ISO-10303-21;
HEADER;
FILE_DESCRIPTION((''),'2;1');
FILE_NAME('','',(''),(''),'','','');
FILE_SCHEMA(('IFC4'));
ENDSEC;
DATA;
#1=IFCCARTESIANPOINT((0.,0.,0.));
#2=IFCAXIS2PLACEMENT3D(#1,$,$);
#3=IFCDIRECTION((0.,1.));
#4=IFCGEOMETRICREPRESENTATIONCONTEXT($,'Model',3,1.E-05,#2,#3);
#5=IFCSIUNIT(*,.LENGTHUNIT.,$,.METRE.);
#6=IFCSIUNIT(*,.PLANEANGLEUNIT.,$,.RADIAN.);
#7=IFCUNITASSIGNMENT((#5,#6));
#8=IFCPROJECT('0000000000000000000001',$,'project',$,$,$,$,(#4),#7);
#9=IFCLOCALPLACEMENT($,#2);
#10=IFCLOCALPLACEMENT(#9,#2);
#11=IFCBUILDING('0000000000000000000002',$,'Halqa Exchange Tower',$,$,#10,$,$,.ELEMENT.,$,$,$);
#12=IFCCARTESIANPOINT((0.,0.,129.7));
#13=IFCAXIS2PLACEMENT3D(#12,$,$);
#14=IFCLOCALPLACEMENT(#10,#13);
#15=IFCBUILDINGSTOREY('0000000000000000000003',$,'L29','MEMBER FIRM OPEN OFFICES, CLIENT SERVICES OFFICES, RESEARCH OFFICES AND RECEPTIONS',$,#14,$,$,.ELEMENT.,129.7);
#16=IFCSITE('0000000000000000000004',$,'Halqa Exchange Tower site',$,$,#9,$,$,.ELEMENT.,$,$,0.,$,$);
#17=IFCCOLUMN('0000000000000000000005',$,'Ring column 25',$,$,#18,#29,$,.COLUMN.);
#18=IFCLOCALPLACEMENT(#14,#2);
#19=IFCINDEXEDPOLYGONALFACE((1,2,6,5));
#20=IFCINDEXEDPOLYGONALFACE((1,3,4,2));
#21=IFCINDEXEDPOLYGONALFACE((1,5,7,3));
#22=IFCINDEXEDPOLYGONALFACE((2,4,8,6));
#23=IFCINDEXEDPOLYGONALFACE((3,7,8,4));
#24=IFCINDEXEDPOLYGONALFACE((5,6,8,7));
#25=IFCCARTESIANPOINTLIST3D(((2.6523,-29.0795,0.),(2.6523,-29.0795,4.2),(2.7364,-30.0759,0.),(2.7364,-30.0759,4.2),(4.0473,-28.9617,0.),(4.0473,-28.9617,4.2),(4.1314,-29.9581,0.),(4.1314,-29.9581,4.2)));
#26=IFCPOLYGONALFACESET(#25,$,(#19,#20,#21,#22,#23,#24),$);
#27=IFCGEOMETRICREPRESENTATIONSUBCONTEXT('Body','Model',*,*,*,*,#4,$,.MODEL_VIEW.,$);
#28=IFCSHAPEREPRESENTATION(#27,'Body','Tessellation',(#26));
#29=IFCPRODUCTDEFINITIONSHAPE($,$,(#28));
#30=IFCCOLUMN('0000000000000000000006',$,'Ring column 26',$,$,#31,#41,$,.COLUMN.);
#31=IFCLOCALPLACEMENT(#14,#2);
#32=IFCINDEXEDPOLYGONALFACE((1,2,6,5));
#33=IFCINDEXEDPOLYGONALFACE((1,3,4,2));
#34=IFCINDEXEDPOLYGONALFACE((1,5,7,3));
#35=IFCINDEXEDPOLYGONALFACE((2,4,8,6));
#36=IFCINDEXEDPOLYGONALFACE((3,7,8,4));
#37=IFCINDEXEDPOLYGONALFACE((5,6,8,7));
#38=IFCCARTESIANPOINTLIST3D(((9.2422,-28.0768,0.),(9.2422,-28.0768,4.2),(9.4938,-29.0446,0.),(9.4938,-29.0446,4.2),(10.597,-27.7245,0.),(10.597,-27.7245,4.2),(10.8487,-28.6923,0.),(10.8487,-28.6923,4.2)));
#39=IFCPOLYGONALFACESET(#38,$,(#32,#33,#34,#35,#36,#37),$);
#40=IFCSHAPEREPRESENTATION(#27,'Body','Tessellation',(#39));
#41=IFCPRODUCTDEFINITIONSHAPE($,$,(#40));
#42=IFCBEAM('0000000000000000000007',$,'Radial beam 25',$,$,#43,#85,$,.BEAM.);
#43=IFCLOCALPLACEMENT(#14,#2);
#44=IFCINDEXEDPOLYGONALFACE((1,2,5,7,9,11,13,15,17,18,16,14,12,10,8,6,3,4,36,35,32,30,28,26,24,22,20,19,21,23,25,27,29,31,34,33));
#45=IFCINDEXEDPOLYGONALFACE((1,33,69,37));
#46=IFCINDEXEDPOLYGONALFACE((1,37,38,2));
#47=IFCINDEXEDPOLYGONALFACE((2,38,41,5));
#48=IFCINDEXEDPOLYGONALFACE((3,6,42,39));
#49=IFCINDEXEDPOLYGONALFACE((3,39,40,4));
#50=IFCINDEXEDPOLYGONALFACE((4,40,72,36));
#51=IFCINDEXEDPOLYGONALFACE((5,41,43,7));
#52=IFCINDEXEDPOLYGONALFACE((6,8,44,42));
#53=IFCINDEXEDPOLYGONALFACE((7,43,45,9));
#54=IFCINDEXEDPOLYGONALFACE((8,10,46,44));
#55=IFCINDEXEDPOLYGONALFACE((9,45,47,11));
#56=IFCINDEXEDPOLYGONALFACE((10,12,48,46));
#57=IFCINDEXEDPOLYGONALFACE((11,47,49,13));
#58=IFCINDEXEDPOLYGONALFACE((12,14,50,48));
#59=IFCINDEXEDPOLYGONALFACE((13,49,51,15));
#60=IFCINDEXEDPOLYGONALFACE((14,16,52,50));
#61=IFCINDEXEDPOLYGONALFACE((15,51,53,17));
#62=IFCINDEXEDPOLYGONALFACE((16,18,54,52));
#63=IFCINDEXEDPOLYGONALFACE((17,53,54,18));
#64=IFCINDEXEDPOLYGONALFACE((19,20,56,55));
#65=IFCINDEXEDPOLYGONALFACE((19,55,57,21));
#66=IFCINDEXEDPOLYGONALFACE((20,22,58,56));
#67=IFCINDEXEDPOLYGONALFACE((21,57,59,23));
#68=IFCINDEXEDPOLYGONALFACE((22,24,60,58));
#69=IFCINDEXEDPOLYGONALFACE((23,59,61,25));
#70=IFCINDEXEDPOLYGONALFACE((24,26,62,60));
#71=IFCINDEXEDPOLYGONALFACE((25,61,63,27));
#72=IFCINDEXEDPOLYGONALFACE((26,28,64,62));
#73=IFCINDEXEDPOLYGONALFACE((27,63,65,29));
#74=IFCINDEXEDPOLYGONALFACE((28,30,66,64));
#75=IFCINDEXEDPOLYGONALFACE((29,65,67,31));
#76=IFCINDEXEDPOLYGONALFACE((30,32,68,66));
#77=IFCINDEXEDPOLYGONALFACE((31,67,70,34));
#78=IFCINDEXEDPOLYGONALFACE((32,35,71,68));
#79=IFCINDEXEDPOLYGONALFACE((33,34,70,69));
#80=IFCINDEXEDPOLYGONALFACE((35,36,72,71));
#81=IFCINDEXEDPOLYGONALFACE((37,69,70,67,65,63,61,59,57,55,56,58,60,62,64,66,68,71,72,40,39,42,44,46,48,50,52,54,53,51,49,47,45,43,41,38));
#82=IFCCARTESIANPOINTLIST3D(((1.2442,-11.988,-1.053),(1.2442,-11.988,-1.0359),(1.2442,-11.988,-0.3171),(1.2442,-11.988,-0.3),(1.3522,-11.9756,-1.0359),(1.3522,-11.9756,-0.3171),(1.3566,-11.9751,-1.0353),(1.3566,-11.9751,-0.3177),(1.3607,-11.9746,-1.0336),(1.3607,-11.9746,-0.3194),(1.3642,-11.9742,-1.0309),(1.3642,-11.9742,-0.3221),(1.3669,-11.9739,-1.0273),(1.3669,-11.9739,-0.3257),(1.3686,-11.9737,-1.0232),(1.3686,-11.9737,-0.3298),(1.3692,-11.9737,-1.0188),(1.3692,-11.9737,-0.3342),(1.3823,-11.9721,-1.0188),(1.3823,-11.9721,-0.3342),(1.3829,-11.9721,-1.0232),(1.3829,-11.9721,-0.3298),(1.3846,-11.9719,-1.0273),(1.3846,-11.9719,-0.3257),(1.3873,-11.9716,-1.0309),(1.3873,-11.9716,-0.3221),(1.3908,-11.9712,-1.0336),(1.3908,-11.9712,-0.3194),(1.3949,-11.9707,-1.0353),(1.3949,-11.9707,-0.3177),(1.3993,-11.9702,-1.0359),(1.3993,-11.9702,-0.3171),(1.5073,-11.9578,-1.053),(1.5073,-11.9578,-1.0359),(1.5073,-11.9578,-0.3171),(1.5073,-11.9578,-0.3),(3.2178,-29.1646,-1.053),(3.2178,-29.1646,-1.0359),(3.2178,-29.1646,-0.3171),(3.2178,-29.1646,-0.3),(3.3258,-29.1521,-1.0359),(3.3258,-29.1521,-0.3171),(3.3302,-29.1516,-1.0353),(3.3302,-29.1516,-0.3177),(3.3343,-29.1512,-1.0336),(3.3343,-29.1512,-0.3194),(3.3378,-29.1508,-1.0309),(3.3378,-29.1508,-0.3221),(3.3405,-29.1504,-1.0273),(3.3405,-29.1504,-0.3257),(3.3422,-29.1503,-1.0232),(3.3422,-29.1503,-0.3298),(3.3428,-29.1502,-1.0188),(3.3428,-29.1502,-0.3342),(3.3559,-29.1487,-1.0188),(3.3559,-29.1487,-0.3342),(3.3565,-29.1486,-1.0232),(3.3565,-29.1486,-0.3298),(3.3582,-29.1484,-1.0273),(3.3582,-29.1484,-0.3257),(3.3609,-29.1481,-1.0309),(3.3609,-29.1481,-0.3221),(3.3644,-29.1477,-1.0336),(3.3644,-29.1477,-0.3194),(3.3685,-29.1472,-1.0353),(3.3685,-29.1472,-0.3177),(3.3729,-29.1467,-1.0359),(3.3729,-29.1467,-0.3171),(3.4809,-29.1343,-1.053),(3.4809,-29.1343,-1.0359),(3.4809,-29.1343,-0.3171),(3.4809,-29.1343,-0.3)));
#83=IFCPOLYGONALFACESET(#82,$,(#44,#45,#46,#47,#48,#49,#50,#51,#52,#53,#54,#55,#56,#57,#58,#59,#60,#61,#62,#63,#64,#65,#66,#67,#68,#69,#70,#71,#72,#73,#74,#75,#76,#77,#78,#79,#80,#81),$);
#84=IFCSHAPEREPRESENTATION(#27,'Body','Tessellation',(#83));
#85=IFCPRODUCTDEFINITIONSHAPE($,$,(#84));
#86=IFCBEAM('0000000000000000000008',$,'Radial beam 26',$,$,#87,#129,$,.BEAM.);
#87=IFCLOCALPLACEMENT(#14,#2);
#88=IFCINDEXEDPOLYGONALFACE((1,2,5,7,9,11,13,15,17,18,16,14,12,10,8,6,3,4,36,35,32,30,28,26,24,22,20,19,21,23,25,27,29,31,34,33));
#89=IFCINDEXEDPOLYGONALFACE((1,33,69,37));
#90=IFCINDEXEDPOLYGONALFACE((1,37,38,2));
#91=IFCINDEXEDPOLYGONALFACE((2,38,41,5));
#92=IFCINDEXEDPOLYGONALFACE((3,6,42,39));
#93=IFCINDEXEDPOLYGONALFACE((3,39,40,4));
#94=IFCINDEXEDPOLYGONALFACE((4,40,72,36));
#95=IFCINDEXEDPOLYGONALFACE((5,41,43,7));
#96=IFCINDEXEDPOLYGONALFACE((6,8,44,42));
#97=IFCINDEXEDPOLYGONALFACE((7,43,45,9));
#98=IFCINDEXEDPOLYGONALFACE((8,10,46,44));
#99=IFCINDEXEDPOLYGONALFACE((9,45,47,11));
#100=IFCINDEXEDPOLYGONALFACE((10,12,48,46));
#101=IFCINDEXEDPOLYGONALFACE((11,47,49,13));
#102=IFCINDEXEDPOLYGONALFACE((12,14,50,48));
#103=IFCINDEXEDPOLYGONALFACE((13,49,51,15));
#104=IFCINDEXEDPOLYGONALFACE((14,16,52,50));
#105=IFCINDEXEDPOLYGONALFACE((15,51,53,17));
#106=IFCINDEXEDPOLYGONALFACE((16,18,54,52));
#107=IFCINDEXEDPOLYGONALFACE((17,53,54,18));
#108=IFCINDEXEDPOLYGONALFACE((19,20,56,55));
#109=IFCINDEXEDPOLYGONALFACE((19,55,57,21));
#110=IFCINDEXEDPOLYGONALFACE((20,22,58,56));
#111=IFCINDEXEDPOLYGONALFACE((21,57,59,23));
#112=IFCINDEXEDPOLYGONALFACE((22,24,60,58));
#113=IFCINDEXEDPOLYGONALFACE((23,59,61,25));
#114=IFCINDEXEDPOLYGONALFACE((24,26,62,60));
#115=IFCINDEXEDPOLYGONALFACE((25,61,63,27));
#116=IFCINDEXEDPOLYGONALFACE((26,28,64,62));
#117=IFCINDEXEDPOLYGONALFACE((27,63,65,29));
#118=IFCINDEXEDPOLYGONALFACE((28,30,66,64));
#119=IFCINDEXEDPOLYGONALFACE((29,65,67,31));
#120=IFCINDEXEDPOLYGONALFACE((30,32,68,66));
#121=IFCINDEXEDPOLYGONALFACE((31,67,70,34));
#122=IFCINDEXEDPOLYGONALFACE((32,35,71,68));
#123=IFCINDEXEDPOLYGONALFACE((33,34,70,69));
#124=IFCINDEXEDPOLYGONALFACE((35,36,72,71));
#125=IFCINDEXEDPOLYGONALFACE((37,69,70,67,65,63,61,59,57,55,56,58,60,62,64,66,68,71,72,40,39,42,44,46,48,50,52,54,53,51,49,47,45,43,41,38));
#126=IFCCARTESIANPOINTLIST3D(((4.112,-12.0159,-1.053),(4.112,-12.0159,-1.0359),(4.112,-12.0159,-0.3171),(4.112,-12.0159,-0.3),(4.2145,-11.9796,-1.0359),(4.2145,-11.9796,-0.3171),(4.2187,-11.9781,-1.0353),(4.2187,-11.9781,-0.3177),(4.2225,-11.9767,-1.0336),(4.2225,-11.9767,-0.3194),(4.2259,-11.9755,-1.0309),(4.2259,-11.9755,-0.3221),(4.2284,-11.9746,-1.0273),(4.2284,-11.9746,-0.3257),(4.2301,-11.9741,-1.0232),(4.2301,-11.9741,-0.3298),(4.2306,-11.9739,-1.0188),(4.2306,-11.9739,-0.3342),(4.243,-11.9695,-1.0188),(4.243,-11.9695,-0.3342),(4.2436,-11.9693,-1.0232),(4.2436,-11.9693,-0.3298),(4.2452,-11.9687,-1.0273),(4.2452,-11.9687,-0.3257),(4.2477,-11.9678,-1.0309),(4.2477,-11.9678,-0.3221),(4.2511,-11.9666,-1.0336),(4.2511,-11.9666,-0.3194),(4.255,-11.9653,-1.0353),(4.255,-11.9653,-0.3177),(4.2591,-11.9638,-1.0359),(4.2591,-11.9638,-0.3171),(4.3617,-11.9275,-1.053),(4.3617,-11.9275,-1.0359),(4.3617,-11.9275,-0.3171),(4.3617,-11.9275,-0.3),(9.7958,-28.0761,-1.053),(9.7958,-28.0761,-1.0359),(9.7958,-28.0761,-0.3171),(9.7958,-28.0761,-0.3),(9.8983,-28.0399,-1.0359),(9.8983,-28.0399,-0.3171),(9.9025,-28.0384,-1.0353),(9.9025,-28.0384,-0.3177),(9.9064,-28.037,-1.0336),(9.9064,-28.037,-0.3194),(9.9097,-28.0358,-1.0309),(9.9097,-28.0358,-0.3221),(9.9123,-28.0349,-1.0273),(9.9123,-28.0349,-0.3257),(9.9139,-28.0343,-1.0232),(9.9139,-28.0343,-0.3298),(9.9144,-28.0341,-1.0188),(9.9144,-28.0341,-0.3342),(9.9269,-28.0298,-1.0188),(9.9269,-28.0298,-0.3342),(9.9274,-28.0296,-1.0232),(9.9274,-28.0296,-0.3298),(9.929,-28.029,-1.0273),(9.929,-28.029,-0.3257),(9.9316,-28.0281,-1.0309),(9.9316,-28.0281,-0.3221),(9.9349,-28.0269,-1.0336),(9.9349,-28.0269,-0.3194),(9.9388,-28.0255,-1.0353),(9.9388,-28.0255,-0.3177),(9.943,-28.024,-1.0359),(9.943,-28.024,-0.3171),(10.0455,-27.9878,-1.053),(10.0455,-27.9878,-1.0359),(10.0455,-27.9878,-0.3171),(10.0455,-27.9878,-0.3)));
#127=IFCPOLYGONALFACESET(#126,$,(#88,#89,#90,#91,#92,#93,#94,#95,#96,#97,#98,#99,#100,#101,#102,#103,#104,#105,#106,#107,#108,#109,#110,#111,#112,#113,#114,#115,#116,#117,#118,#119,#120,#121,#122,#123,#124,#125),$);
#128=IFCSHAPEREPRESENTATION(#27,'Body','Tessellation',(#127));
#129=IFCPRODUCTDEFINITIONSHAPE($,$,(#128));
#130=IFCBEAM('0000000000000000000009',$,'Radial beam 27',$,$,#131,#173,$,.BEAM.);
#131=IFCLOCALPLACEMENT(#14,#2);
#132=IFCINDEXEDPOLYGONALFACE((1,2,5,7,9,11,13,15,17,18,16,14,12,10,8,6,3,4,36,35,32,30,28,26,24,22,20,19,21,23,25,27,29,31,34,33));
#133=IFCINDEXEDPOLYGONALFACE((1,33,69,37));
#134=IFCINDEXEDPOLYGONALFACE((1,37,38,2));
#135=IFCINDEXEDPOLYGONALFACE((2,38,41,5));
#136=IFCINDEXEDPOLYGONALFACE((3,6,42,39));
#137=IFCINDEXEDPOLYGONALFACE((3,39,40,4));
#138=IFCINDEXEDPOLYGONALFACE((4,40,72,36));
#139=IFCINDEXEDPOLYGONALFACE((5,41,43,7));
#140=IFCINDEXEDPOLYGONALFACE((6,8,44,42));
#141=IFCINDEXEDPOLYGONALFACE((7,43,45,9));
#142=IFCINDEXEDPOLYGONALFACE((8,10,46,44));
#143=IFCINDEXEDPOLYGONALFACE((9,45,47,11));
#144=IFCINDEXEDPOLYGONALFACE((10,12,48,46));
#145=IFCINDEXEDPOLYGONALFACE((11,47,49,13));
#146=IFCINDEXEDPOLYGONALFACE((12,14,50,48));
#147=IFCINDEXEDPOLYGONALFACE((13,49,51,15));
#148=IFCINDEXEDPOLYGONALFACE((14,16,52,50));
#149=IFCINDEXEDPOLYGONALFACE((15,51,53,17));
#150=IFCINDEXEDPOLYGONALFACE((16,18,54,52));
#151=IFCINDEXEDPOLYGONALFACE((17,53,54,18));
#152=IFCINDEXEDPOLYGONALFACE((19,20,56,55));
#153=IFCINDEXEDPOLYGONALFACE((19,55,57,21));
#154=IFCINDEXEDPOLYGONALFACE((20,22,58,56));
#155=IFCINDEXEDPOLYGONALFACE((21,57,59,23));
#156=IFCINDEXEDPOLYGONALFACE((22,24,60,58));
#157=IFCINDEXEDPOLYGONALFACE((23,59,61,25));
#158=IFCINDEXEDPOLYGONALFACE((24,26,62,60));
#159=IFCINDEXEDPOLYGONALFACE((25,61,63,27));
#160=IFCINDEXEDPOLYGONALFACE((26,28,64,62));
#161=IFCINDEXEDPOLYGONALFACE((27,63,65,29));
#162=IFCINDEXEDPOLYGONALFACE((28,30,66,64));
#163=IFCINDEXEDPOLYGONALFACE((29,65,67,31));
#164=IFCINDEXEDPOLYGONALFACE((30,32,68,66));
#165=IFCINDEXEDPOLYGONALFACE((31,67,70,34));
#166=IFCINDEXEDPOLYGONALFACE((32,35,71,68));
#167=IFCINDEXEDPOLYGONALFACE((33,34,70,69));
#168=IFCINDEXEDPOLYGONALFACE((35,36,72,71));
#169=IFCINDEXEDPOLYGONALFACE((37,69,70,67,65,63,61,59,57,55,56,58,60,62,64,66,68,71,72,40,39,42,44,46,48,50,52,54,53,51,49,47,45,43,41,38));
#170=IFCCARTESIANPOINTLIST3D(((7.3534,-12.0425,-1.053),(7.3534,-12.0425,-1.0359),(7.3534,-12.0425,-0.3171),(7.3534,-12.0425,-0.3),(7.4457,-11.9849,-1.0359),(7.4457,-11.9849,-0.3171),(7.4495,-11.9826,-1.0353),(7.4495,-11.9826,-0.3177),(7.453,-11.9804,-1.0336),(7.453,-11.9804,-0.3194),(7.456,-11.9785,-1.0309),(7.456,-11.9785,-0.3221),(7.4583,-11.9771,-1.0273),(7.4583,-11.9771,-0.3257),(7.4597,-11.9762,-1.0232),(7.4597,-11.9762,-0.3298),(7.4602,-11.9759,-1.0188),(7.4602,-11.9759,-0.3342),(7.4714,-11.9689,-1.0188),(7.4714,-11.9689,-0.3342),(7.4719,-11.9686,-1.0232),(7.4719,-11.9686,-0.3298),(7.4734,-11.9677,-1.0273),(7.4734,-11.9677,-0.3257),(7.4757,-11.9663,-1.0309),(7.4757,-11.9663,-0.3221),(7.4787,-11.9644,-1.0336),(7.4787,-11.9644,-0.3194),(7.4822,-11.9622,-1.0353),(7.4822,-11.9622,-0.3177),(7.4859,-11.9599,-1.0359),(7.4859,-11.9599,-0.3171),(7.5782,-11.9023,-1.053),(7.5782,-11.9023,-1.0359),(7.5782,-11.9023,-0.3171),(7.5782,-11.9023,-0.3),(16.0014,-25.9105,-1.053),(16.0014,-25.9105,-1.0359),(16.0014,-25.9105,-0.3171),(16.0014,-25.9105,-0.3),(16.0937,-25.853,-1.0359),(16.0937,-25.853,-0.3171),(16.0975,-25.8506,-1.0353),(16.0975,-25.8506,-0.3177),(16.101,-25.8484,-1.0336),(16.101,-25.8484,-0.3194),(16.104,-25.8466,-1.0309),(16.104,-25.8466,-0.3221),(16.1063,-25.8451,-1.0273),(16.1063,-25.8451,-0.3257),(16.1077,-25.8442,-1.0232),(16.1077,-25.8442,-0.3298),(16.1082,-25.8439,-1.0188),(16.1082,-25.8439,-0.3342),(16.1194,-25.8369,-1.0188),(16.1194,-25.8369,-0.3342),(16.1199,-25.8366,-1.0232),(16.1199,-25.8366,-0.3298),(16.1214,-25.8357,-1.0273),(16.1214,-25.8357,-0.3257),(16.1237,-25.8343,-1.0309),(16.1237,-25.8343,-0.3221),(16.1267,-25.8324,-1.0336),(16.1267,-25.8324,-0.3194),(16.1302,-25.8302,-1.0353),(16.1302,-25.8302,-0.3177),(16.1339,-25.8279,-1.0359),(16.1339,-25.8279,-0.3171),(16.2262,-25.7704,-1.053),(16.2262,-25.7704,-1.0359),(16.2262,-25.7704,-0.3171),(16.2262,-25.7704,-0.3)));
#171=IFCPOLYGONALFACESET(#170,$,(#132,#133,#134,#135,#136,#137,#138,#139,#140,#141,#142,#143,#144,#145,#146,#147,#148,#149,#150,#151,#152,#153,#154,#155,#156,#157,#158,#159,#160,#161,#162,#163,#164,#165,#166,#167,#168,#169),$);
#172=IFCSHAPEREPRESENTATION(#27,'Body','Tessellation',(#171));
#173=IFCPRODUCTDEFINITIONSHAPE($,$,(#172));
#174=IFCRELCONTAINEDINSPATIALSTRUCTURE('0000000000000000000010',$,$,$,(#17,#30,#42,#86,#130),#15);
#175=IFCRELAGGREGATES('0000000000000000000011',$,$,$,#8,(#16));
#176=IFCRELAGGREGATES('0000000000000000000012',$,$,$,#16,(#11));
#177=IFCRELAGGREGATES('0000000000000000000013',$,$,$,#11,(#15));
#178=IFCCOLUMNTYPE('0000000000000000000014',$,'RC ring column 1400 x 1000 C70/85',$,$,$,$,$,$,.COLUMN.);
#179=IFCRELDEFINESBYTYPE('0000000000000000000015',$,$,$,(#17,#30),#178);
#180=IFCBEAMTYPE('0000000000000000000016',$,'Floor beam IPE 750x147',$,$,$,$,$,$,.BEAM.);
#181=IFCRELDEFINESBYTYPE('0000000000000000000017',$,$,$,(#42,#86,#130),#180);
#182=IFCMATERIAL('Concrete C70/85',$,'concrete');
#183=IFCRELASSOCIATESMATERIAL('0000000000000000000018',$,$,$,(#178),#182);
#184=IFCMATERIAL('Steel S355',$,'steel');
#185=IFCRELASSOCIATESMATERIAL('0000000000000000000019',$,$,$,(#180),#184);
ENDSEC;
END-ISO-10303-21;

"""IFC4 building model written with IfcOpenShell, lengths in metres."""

from ifc_helpers import new_model, si_unit, direction, frame, origin, origin_2d, place, context, subcontext, project, spatial, rectangle, i_section, extrude, material, material_profile, profile_set, type_object, element, save


model = new_model("IFC4")

# Units and contexts
model_context = context("Model", 3, precision=1e-05, world=origin(), true_north=direction((0.0, 1.0)))
body_context = subcontext(model_context, "Body", "Model", "MODEL_VIEW")
ifc_project = project(units=[si_unit("LENGTHUNIT", "METRE"), si_unit("PLANEANGLEUNIT", "RADIAN")], contexts=[model_context])

# Site, building, storey
site_placement = place(None, origin())
site = spatial("IfcSite", under=ifc_project, at=site_placement, Name="Halqa Exchange Tower site", CompositionType="ELEMENT", RefElevation=0.0)
building_placement = place(site_placement, origin())
building = spatial("IfcBuilding", under=site, at=building_placement, Name="Halqa Exchange Tower", CompositionType="ELEMENT")
storey_placement = place(building_placement, frame((0.0, 0.0, 129.7)))
storey = spatial("IfcBuildingStorey", under=building, at=storey_placement, Name="L29", Description="MEMBER FIRM OPEN OFFICES, CLIENT SERVICES OFFICES, RESEARCH OFFICES AND RECEPTIONS", CompositionType="ELEMENT", Elevation=129.7)

# Columns
ifc_material_1 = material(Name="Concrete C70/85", Category="concrete")
ifc_material_profile_1 = material_profile(ifc_material_1, rectangle(XDim=1.3999, YDim=1.0, at=origin_2d()), Name="1400 x 1000")
ifc_profile_set_1 = profile_set([ifc_material_profile_1], Name="Concrete C70/85")
column_type = type_object("IfcColumnType", Name="RC ring column 1400 x 1000 C70/85", PredefinedType="COLUMN", material=ifc_profile_set_1)
for number, where, z_axis, x_axis, name in (
    (1, (3.3918, -29.5188, 0.0), (0.0, 0.0, 1.0), (0.996455, 0.084123, 0.0), "Ring column 25"),
    (2, (10.0454, -28.3845, 0.0), (0.0, 0.0, 1.0), (0.96782, 0.251645, 0.0), "Ring column 26"),
):
    element("IfcColumn", number, at=place(storey_placement, frame(where, z_axis=z_axis, x_axis=x_axis)), inside=storey, type_object=column_type, Name=name, PredefinedType="COLUMN", context=body_context, shape_type="SweptSolid", body=[
        extrude(rectangle(XDim=1.3999, YDim=1.0, at=origin_2d()), origin(), (0.0, 0.0, 1.0), 4.2),
    ])

# Beams
ifc_material_2 = material(Name="Steel S355", Category="steel")
ifc_material_profile_2 = material_profile(ifc_material_2, i_section(OverallWidth=0.2649, OverallDepth=0.7529, WebThickness=0.0132, FlangeThickness=0.0171, FilletRadius=0.0171, at=origin_2d()), Name="IPE 750x147")
ifc_profile_set_2 = profile_set([ifc_material_profile_2], Name="Steel S355")
beam_type_1 = type_object("IfcBeamType", Name="Floor beam IPE 750x147", PredefinedType="BEAM", material=ifc_profile_set_2)
beam_1_placement = place(storey_placement, frame((1.3757, -11.9729, -0.6765), z_axis=(0.114152, -0.993463, 0.0), x_axis=(0.993463, 0.114152, 0.0)))
element("IfcBeam", 3, at=beam_1_placement, inside=storey, type_object=beam_type_1, Name="Radial beam 25", PredefinedType="BEAM", context=body_context, shape_type="SweptSolid", body=[
    extrude(i_section(OverallWidth=0.2649, OverallDepth=0.7529, WebThickness=0.0132, FlangeThickness=0.0171, FilletRadius=0.0171, at=origin_2d()), origin(), (0.0, 0.0, 1.0), 17.2896),
])
beam_2_placement = place(storey_placement, frame((4.2368, -11.9717, -0.6765), z_axis=(0.333629, -0.942705, 0.0), x_axis=(0.942705, 0.333629, 0.0)))
element("IfcBeam", 4, at=beam_2_placement, inside=storey, type_object=beam_type_1, Name="Radial beam 26", PredefinedType="BEAM", context=body_context, shape_type="SweptSolid", body=[
    extrude(i_section(OverallWidth=0.2649, OverallDepth=0.7529, WebThickness=0.0132, FlangeThickness=0.0171, FilletRadius=0.0171, at=origin_2d()), origin(), (0.0, 0.0, 1.0), 17.0364),
])
beam_3_placement = place(storey_placement, frame((7.4658, -11.9724, -0.6765), z_axis=(0.529141, -0.848534, 0.0), x_axis=(0.848534, 0.529141, 0.0)))
element("IfcBeam", 5, at=beam_3_placement, inside=storey, type_object=beam_type_1, Name="Radial beam 27", PredefinedType="BEAM", context=body_context, shape_type="SweptSolid", body=[
    extrude(i_section(OverallWidth=0.2649, OverallDepth=0.7529, WebThickness=0.0132, FlangeThickness=0.0171, FilletRadius=0.0171, at=origin_2d()), origin(), (0.0, 0.0, 1.0), 16.3435),
])

save(model, "model.ifc")
